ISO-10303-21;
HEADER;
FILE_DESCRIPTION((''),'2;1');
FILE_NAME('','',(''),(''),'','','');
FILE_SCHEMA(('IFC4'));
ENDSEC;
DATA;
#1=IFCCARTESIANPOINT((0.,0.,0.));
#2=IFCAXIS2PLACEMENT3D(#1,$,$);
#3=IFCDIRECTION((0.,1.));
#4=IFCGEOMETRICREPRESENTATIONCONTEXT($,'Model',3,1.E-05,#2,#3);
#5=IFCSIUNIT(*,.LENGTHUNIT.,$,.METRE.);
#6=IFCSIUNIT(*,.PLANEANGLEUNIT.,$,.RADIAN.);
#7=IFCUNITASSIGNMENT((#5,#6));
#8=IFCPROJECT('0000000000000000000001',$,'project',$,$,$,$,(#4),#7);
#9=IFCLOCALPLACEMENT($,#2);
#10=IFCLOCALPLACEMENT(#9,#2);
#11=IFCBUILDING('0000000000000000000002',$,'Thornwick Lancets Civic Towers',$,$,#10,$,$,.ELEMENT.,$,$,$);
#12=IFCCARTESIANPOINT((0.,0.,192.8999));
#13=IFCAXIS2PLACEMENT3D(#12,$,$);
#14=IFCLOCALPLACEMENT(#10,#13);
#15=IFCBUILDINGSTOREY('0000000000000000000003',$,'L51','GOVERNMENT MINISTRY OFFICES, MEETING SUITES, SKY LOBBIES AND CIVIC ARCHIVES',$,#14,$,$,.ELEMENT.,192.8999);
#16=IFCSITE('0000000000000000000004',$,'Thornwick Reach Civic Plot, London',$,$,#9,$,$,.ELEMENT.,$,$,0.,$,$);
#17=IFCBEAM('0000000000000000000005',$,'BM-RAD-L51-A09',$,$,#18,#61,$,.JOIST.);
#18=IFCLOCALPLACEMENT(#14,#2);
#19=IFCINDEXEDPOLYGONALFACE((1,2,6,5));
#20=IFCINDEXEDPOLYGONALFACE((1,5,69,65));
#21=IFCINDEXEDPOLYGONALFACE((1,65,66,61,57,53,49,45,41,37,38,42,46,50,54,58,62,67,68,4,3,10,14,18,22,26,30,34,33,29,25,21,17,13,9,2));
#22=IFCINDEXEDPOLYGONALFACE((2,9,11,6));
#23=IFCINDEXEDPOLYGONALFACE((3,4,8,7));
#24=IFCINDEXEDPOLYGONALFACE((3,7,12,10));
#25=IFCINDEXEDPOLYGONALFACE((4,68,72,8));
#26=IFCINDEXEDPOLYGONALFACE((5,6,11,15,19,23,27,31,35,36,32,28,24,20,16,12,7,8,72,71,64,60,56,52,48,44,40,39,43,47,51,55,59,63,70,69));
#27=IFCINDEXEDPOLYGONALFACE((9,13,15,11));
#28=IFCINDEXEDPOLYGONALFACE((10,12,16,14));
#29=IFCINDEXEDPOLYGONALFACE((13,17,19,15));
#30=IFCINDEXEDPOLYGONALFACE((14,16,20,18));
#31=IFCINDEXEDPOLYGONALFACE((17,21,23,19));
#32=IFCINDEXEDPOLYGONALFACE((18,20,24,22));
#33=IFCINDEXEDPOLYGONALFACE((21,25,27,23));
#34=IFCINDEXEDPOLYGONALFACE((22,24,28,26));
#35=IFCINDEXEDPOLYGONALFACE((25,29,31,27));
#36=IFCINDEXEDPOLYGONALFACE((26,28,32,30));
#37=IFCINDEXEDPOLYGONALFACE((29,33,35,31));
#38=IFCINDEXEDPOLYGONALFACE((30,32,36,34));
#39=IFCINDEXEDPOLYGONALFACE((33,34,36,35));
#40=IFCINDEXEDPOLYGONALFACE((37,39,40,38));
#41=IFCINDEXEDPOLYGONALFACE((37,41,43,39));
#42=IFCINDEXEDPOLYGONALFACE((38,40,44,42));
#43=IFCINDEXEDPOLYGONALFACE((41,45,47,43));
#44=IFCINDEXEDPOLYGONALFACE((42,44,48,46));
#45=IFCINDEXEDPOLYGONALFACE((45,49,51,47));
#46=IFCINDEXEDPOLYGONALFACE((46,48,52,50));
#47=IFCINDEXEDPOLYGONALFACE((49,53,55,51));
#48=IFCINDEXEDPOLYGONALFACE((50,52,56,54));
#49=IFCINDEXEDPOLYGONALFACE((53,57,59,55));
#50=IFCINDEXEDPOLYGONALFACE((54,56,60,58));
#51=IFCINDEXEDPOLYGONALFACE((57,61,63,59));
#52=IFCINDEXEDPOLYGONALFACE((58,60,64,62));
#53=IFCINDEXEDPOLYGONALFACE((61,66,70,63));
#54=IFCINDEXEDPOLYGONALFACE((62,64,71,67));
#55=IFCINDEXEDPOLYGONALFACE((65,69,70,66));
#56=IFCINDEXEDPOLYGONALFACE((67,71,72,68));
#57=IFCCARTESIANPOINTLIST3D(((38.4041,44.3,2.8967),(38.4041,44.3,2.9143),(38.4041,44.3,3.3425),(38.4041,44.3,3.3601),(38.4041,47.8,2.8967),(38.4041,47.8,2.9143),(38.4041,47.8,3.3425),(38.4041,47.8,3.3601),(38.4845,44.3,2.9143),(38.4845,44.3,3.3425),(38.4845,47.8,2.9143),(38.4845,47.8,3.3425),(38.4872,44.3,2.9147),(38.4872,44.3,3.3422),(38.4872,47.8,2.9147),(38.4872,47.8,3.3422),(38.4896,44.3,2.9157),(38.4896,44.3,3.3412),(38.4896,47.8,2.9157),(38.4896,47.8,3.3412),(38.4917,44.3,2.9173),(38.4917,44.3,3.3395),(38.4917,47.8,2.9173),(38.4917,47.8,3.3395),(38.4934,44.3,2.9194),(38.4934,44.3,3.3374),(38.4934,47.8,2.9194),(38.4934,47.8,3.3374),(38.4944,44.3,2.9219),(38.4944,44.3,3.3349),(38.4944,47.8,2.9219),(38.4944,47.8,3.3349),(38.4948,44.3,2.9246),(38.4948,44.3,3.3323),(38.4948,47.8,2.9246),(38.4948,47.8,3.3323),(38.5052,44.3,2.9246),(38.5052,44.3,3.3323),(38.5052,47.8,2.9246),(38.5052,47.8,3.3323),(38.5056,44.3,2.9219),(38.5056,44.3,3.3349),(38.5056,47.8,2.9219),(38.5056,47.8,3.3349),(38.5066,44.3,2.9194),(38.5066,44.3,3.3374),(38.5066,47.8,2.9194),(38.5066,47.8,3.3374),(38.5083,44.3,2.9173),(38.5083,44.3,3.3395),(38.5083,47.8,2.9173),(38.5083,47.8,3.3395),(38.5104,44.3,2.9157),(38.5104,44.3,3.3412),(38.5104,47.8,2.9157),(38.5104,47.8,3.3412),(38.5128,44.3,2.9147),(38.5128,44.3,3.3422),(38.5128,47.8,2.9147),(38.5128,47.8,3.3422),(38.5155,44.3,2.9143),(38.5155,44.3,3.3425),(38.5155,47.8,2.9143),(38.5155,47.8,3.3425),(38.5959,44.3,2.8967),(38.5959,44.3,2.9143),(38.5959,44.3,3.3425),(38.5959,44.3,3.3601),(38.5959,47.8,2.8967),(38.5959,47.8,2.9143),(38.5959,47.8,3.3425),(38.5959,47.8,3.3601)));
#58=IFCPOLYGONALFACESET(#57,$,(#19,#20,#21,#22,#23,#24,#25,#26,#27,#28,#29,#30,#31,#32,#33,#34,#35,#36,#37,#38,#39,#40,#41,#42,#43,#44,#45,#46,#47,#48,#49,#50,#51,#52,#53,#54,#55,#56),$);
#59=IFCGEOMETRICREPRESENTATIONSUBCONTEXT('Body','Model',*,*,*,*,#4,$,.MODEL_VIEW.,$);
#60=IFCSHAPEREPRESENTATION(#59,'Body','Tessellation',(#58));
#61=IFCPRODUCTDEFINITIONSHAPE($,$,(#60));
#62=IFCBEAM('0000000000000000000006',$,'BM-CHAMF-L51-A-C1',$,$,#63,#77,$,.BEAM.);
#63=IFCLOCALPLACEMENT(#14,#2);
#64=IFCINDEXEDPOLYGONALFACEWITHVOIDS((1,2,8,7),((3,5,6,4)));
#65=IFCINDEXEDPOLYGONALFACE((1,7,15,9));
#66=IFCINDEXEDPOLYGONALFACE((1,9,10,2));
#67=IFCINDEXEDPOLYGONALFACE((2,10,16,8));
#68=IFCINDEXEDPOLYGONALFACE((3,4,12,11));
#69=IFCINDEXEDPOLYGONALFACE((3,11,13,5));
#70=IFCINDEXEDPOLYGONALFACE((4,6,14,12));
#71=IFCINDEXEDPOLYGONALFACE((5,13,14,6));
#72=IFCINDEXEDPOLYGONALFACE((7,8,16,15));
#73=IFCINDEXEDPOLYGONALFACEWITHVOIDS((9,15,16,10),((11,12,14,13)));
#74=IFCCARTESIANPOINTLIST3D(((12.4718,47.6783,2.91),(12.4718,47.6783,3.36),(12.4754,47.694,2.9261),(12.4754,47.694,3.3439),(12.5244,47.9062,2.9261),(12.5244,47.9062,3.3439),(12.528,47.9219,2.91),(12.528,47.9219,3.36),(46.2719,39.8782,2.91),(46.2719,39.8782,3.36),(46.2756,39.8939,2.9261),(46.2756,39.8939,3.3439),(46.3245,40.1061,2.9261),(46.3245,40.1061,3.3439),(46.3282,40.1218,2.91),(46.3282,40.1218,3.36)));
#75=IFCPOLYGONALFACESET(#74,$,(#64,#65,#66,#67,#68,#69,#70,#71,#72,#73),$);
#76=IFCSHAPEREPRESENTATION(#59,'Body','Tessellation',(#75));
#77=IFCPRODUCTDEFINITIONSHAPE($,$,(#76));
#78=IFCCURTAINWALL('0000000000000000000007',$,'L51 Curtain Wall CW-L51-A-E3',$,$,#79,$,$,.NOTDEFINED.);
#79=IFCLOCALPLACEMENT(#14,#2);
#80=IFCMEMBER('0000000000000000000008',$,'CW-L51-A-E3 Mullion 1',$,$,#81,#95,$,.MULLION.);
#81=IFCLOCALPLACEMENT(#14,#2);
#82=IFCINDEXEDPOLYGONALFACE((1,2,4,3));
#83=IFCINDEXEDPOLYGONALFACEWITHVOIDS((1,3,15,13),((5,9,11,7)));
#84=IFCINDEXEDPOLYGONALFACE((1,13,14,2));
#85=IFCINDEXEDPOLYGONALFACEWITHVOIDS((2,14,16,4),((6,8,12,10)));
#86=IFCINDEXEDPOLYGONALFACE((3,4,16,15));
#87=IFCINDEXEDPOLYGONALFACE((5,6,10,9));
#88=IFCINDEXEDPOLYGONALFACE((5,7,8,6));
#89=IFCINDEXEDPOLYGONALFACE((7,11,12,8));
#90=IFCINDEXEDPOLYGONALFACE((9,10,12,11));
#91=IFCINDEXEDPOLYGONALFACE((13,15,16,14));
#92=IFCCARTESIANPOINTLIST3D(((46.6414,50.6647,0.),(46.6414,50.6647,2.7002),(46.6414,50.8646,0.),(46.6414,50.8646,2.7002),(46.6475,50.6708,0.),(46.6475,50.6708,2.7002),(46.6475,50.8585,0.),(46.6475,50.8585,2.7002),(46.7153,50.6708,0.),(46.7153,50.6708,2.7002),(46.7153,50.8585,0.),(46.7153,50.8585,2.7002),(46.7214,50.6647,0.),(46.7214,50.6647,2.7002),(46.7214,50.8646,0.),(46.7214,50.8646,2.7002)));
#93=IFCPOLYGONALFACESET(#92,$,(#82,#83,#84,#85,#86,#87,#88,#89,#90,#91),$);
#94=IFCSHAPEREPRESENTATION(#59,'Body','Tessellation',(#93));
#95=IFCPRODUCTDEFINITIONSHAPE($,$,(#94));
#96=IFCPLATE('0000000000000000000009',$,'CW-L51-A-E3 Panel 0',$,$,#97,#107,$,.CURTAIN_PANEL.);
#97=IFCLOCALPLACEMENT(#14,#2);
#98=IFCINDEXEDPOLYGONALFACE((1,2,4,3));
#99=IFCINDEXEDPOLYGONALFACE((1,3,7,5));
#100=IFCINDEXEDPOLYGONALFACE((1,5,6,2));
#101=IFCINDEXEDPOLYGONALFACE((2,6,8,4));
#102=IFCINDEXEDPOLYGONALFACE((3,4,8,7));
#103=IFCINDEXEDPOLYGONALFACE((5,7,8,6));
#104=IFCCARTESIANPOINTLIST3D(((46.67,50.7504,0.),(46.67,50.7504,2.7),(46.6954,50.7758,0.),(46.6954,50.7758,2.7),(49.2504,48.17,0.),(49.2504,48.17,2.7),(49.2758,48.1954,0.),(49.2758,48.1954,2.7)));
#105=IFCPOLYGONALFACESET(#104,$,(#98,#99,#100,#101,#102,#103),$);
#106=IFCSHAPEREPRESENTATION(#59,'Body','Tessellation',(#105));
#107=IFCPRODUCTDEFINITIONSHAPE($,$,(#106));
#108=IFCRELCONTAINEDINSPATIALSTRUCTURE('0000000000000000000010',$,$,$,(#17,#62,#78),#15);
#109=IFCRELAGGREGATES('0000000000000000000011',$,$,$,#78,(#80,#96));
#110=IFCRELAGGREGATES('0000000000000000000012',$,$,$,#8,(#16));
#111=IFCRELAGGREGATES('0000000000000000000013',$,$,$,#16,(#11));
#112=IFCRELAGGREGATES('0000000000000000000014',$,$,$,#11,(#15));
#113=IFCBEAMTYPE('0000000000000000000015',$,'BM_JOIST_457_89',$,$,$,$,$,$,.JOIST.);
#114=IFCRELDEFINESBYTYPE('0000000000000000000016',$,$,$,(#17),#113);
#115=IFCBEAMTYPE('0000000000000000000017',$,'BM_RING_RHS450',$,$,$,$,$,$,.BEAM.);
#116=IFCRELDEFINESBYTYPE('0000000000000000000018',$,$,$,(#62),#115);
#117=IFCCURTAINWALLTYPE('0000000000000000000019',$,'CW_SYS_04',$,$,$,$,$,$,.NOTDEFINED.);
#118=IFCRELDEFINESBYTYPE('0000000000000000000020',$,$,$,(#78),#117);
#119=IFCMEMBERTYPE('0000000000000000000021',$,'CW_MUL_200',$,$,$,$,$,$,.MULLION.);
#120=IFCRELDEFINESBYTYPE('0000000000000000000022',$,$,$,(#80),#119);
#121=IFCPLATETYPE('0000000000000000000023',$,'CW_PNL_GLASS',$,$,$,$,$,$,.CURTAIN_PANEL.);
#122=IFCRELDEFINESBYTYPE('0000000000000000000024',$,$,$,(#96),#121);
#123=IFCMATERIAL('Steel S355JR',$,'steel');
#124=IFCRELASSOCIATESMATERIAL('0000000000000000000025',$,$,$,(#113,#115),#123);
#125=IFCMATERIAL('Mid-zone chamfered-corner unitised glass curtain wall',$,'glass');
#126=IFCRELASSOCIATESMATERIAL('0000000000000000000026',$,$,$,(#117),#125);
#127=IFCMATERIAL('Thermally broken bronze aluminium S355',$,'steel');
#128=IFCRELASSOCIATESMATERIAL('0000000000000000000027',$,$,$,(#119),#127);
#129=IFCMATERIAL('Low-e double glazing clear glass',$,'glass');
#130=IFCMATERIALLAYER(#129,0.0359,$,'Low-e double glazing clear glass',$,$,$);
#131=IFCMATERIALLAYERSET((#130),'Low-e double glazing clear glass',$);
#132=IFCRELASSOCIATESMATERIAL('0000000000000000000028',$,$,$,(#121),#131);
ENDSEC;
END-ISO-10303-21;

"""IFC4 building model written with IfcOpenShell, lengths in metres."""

from ifc_helpers import new_model, si_unit, direction, frame, origin, origin_2d, place, context, subcontext, project, spatial, rectangle, hollow_rectangle, i_section, extrude, material, layer, layer_set, material_profile, profile_set, type_object, element, aggregate, save


model = new_model("IFC4")

# Units and contexts
model_context = context("Model", 3, precision=1e-05, world=origin(), true_north=direction((0.0, 1.0)))
body_context = subcontext(model_context, "Body", "Model", "MODEL_VIEW")
ifc_project = project(units=[si_unit("LENGTHUNIT", "METRE"), si_unit("PLANEANGLEUNIT", "RADIAN")], contexts=[model_context])

# Site, building, storey
site_placement = place(None, origin())
site = spatial("IfcSite", under=ifc_project, at=site_placement, Name="Thornwick Reach Civic Plot, London", CompositionType="ELEMENT", RefElevation=0.0)
building_placement = place(site_placement, origin())
building = spatial("IfcBuilding", under=site, at=building_placement, Name="Thornwick Lancets Civic Towers", CompositionType="ELEMENT")
storey_placement = place(building_placement, frame((0.0, 0.0, 192.8999)))
storey = spatial("IfcBuildingStorey", under=building, at=storey_placement, Name="L51", Description="GOVERNMENT MINISTRY OFFICES, MEETING SUITES, SKY LOBBIES AND CIVIC ARCHIVES", CompositionType="ELEMENT", Elevation=192.8999)

# Beams
ifc_material_1 = material(Name="Steel S355JR", Category="steel")
ifc_material_profile_1 = material_profile(ifc_material_1, i_section(OverallWidth=0.1919, OverallDepth=0.4634, WebThickness=0.0105, FlangeThickness=0.0176, FilletRadius=0.0103, at=origin_2d()), Name="UKB 457x191x89")
ifc_profile_set_1 = profile_set([ifc_material_profile_1], Name="Steel S355JR")
beam_type_1 = type_object("IfcBeamType", Name="BM_JOIST_457_89", PredefinedType="JOIST", material=ifc_profile_set_1)
for number, where, z_axis, x_axis, name in (
    (1, (38.5, 44.3, 3.1284), (0.0, 1.0, 0.0), (-1.0, 0.0, 0.0), "BM-RAD-L51-A09"),
):
    element("IfcBeam", number, at=place(storey_placement, frame(where, z_axis=z_axis, x_axis=x_axis)), inside=storey, type_object=beam_type_1, Name=name, PredefinedType="JOIST", context=body_context, shape_type="SweptSolid", body=[
        extrude(i_section(OverallWidth=0.1919, OverallDepth=0.4634, WebThickness=0.0105, FlangeThickness=0.0176, FilletRadius=0.0103, at=origin_2d()), origin(), (0.0, 0.0, 1.0), 3.5),
    ])
ifc_material_profile_2 = material_profile(ifc_material_1, hollow_rectangle(XDim=0.25, YDim=0.45, WallThickness=0.0161, at=origin_2d()), Name="RHS 450x250x16")
ifc_profile_set_2 = profile_set([ifc_material_profile_2], Name="Steel S355JR")
beam_type_2 = type_object("IfcBeamType", Name="BM_RING_RHS450", PredefinedType="BEAM", material=ifc_profile_set_2)
beam_placement = place(storey_placement, frame((46.3, 40.0, 3.135), z_axis=(-0.974391, 0.224861, 0.0), x_axis=(-0.224861, -0.974391, 0.0)))
element("IfcBeam", 2, at=beam_placement, inside=storey, type_object=beam_type_2, Name="BM-CHAMF-L51-A-C1", PredefinedType="BEAM", context=body_context, shape_type="SweptSolid", body=[
    extrude(hollow_rectangle(XDim=0.25, YDim=0.45, WallThickness=0.0161, at=origin_2d()), origin(), (0.0, 0.0, 1.0), 34.6885),
])

# Curtain wall, member, plate
ifc_material_2 = material(Name="Mid-zone chamfered-corner unitised glass curtain wall", Category="glass")
curtain_wall_type = type_object("IfcCurtainWallType", Name="CW_SYS_04", PredefinedType="NOTDEFINED", material=ifc_material_2)
curtain_wall_placement = place(storey_placement, origin())
curtain_wall = element("IfcCurtainWall", 3, at=curtain_wall_placement, inside=storey, type_object=curtain_wall_type, Name="L51 Curtain Wall CW-L51-A-E3", PredefinedType="NOTDEFINED")
ifc_material_3 = material(Name="Thermally broken bronze aluminium S355", Category="steel")
ifc_material_profile_3 = material_profile(ifc_material_3, hollow_rectangle(XDim=0.0801, YDim=0.2, WallThickness=0.0061, at=origin_2d()), Name="RHS 200x80x6")
ifc_profile_set_3 = profile_set([ifc_material_profile_3], Name="Thermally broken bronze aluminium S355")
member_type = type_object("IfcMemberType", Name="CW_MUL_200", PredefinedType="MULLION", material=ifc_profile_set_3)
member_placement = place(storey_placement, frame((46.6814, 50.7646, 0.0), z_axis=(0.0, 0.0, 1.0), x_axis=(1.0, 0.0, 0.0)))
member = element("IfcMember", 4, at=member_placement, type_object=member_type, Name="CW-L51-A-E3 Mullion 1", PredefinedType="MULLION", context=body_context, shape_type="SweptSolid", body=[
    extrude(hollow_rectangle(XDim=0.0801, YDim=0.2, WallThickness=0.0061, at=origin_2d()), origin(), (0.0, 0.0, 1.0), 2.7002),
])
ifc_material_4 = material(Name="Low-e double glazing clear glass", Category="glass")
ifc_layer_1 = layer(ifc_material_4, 0.0359, Name="Low-e double glazing clear glass")
ifc_layer_set_1 = layer_set([ifc_layer_1], Name="Low-e double glazing clear glass")
plate_type = type_object("IfcPlateType", Name="CW_PNL_GLASS", PredefinedType="CURTAIN_PANEL", material=ifc_layer_set_1)
plate_placement = place(storey_placement, frame((47.9729, 49.4729, 0.0), z_axis=(0.0, 0.0, 1.0), x_axis=(-0.707107, 0.707107, 0.0)))
plate = element("IfcPlate", 5, at=plate_placement, type_object=plate_type, Name="CW-L51-A-E3 Panel 0", PredefinedType="CURTAIN_PANEL", context=body_context, shape_type="SweptSolid", body=[
    extrude(rectangle(XDim=3.6492, YDim=0.0359, at=origin_2d()), origin(), (0.0, 0.0, 1.0), 2.7),
])
aggregate(curtain_wall, [member, plate])

save(model, "model.ifc")
